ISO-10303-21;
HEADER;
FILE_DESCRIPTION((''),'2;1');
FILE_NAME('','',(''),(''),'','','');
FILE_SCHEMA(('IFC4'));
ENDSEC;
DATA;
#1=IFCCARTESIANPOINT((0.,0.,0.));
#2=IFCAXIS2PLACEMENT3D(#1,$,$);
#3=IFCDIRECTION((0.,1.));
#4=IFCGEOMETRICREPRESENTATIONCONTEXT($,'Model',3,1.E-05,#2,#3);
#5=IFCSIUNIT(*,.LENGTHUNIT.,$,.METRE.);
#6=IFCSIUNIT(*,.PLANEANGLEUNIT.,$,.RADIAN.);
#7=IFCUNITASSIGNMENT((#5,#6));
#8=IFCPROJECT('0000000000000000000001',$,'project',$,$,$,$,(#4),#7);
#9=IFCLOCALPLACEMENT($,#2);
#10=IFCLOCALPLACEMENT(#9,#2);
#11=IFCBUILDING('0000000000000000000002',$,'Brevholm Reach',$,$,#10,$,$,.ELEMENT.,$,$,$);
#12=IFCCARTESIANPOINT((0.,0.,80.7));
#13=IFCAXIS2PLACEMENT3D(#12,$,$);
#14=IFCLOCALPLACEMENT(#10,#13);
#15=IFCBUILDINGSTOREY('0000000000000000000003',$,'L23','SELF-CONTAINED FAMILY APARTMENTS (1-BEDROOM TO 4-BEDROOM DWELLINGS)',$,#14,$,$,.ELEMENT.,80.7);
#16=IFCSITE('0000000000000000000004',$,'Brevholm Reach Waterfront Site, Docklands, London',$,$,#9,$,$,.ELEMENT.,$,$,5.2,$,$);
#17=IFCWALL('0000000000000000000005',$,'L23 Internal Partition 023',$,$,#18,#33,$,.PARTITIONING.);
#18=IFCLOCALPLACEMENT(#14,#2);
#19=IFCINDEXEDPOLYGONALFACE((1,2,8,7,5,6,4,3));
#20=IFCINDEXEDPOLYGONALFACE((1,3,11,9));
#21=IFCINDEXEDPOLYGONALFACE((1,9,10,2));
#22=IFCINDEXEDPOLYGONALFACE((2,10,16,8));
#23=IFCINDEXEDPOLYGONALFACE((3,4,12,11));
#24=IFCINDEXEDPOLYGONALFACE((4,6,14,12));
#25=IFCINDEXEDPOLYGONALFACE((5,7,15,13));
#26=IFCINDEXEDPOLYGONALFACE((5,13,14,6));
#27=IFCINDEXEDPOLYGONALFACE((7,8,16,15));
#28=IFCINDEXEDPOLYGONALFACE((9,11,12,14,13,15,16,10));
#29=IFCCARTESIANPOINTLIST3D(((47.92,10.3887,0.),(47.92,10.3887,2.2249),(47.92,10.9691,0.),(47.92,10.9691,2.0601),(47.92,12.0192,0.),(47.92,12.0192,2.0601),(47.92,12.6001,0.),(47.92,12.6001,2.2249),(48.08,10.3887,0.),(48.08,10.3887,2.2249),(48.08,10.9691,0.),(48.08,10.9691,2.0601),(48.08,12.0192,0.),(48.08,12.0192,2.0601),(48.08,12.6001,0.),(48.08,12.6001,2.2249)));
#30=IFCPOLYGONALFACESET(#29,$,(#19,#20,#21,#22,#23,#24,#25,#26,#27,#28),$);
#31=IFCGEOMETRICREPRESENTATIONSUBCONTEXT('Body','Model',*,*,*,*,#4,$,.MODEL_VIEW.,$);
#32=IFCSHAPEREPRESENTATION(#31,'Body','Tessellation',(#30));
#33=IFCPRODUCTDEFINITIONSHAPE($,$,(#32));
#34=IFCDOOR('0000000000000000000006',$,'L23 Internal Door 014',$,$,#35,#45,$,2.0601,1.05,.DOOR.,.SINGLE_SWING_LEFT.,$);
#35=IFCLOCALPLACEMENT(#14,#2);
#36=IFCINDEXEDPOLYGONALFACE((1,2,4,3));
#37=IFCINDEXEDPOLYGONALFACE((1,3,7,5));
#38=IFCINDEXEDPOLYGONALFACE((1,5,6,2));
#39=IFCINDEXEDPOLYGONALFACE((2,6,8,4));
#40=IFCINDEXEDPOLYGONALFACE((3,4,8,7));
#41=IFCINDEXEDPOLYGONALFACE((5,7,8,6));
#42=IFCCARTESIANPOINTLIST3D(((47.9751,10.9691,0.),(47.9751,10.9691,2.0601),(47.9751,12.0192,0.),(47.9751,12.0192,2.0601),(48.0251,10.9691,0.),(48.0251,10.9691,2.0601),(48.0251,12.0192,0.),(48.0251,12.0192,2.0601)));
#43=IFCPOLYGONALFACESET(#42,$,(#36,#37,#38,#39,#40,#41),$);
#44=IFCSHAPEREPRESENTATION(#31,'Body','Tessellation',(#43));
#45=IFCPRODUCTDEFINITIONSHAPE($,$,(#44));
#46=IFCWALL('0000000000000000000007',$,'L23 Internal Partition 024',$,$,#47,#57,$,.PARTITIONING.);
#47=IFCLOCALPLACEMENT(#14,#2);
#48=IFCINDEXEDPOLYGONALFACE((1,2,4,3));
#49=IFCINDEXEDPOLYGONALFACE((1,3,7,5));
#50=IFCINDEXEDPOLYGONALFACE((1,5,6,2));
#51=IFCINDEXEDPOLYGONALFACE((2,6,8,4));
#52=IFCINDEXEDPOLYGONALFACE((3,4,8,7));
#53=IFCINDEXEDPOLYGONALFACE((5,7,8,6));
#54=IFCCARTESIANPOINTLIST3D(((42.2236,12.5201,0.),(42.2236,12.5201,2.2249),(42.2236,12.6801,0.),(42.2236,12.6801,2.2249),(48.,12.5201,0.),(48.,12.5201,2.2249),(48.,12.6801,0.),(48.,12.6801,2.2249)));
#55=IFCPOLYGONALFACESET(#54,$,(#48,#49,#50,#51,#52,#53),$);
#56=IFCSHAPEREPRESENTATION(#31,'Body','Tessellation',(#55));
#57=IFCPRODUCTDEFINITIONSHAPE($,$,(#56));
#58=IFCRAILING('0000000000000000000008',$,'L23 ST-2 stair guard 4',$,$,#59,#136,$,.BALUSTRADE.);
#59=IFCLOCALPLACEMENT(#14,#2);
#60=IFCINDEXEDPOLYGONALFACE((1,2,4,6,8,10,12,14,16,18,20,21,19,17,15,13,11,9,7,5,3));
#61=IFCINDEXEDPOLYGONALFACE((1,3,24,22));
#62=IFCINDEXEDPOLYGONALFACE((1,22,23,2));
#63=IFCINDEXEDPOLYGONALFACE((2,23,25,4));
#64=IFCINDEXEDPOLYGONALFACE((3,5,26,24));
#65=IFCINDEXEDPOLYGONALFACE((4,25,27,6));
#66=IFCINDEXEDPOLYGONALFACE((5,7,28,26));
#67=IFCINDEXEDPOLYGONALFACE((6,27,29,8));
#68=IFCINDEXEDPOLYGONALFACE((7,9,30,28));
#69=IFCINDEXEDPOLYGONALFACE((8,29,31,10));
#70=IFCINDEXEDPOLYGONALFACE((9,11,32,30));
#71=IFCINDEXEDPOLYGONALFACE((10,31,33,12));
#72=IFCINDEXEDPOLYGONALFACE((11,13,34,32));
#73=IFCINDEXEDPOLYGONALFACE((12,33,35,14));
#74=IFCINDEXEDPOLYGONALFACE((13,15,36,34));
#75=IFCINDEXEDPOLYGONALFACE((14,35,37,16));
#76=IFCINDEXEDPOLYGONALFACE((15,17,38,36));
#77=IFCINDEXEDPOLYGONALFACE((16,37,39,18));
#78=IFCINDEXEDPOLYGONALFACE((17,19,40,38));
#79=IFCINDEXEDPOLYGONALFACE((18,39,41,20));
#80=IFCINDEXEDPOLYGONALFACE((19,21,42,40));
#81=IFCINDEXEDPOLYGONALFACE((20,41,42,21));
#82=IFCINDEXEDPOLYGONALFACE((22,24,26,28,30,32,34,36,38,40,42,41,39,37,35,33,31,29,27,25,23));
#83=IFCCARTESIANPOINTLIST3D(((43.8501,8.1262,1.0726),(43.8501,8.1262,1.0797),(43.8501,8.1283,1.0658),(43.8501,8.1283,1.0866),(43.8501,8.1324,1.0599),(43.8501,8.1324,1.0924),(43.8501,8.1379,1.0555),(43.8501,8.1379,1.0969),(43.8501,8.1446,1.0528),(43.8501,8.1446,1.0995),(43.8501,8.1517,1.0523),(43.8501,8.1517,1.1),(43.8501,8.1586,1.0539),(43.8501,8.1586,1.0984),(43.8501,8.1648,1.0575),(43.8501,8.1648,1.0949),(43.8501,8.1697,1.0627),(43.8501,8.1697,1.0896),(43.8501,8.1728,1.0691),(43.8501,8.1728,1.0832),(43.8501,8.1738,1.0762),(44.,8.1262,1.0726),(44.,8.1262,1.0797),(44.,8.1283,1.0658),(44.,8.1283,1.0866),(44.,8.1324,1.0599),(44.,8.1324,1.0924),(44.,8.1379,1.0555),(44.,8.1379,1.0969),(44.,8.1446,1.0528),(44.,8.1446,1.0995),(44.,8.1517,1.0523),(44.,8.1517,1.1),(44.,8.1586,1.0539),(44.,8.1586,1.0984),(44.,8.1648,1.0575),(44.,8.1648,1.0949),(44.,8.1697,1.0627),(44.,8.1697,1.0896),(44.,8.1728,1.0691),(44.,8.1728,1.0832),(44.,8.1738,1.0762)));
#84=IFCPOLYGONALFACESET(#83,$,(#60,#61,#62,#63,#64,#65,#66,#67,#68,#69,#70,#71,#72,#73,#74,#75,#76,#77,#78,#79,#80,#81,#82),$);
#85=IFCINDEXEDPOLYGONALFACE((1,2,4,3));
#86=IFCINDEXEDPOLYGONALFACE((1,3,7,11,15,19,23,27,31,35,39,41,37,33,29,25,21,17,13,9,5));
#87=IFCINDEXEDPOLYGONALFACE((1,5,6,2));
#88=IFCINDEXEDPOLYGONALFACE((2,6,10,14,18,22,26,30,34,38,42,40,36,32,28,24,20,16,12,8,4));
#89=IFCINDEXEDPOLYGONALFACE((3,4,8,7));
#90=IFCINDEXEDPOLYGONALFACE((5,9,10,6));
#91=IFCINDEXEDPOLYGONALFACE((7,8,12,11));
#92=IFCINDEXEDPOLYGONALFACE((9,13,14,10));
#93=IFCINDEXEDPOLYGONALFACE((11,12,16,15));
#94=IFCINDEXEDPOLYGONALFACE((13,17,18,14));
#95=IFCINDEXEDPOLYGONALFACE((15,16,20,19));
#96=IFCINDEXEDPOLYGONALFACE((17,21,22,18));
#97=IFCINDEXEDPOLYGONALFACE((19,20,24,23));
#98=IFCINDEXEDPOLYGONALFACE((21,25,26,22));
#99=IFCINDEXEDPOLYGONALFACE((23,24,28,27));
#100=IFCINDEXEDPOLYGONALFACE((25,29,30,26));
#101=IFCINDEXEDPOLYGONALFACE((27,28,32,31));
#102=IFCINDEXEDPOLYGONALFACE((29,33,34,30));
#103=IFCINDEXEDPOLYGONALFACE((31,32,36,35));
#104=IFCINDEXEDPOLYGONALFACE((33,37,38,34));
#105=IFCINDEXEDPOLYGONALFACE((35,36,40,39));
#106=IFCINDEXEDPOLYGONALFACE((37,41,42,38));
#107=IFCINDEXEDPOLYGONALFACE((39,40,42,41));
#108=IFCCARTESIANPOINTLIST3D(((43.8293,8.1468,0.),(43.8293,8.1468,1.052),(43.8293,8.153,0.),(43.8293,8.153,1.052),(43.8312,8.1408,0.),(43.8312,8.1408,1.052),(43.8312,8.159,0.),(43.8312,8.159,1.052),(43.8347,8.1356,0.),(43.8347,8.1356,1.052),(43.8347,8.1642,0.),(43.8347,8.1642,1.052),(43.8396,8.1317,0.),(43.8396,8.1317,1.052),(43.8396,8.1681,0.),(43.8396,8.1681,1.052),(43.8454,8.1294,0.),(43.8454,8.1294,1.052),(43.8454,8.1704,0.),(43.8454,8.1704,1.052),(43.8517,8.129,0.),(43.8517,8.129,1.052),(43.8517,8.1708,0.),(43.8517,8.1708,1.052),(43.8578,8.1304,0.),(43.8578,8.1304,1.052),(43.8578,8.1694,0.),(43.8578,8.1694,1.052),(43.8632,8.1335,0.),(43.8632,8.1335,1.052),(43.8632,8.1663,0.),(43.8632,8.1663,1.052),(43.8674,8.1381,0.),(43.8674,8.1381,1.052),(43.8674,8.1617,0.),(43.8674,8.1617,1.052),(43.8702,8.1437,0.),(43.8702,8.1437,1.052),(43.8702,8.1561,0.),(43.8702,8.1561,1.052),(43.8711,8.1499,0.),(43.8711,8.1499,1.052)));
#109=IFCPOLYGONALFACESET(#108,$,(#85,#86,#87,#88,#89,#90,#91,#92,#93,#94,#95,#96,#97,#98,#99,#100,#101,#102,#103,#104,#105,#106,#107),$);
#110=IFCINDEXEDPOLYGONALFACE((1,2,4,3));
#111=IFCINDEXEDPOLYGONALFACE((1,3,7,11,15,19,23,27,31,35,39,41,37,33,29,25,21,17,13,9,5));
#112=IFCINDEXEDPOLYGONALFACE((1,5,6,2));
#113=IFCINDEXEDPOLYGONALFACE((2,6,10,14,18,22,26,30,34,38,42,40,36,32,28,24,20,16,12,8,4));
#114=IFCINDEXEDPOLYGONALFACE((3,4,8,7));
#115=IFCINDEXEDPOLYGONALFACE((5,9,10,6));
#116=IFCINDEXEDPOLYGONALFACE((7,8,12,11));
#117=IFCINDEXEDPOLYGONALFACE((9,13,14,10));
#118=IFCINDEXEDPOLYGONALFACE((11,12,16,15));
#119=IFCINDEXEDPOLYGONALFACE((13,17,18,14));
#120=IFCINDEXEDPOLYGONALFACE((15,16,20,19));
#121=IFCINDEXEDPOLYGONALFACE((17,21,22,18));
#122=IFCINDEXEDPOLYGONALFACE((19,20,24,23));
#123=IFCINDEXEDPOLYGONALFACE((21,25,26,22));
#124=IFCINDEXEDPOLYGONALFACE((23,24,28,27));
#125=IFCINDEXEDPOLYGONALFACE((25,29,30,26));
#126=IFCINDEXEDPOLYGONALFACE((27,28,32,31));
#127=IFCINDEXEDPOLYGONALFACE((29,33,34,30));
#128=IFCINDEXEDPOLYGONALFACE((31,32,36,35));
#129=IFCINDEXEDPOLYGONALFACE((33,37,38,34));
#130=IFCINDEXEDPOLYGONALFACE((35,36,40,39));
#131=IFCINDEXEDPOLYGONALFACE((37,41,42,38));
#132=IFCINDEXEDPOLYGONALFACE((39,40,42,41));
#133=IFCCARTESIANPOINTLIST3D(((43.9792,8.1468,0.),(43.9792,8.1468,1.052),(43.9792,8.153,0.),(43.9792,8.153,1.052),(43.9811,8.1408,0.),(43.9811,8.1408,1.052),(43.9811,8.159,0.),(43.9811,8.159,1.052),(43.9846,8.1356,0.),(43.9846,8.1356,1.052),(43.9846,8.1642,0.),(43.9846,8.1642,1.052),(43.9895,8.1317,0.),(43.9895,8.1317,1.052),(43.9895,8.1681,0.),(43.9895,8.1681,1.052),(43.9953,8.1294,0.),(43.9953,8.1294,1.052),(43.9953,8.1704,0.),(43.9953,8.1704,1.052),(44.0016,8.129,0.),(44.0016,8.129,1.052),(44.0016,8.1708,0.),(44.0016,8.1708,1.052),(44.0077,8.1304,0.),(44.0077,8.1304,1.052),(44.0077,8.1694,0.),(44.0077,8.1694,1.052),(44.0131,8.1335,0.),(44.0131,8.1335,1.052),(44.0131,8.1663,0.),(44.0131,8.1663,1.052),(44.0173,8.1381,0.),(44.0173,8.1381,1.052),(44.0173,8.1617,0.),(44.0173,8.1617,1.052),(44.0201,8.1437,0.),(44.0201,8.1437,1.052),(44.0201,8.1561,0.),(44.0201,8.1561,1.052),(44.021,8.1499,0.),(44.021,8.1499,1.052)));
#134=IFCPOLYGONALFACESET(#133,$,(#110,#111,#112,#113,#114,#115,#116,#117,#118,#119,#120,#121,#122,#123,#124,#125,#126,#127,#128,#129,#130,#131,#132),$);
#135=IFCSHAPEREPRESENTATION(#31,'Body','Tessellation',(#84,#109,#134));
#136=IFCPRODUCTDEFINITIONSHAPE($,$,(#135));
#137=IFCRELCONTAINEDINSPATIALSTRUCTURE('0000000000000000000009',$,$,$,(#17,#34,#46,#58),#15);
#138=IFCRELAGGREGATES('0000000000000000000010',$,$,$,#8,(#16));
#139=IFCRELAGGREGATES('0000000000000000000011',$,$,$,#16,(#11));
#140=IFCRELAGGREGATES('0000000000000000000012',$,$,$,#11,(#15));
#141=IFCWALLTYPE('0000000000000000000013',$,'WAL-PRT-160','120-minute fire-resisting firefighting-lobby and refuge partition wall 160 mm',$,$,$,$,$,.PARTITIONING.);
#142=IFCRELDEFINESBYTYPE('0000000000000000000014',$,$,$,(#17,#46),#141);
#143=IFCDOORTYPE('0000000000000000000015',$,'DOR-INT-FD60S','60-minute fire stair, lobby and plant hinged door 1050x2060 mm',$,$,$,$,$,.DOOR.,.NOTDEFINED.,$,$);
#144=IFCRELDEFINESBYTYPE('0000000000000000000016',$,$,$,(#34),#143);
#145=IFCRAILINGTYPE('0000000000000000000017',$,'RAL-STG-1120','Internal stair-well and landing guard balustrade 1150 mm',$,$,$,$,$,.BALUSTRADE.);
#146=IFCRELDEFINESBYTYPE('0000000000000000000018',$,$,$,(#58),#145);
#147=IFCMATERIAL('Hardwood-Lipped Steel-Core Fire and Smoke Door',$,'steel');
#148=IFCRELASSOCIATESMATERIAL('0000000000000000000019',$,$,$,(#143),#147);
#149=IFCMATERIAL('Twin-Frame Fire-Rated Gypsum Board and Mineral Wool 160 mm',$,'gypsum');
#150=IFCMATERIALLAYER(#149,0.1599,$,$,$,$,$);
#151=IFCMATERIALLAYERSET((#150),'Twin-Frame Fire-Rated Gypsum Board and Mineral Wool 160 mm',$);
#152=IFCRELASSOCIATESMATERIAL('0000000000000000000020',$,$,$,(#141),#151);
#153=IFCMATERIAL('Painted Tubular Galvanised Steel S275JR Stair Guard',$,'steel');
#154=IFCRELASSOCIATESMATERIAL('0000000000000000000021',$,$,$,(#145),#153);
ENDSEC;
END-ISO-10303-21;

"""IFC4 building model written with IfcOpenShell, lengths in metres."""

from ifc_helpers import new_model, si_unit, direction, frame, frame_2d, origin, origin_2d, place, context, subcontext, project, spatial, rectangle, circle, extrude, material, layer, layer_set, type_object, element, fill, save


model = new_model("IFC4")

# Units and contexts
model_context = context("Model", 3, precision=1e-05, world=origin(), true_north=direction((0.0, 1.0)))
body_context = subcontext(model_context, "Body", "Model", "MODEL_VIEW")
ifc_project = project(units=[si_unit("LENGTHUNIT", "METRE"), si_unit("PLANEANGLEUNIT", "RADIAN")], contexts=[model_context])

# Site, building, storey
site_placement = place(None, origin())
site = spatial("IfcSite", under=ifc_project, at=site_placement, Name="Brevholm Reach Waterfront Site, Docklands, London", CompositionType="ELEMENT", RefElevation=5.2)
building_placement = place(site_placement, origin())
building = spatial("IfcBuilding", under=site, at=building_placement, Name="Brevholm Reach", CompositionType="ELEMENT")
storey_placement = place(building_placement, frame((0.0, 0.0, 80.7)))
storey = spatial("IfcBuildingStorey", under=building, at=storey_placement, Name="L23", Description="SELF-CONTAINED FAMILY APARTMENTS (1-BEDROOM TO 4-BEDROOM DWELLINGS)", CompositionType="ELEMENT", Elevation=80.7)

# Shared definitions
ifc_material_1 = material(Name="Hardwood-Lipped Steel-Core Fire and Smoke Door", Category="steel")
door_type_1 = type_object("IfcDoorType", Name="DOR-INT-FD60S", Description="60-minute fire stair, lobby and plant hinged door 1050x2060 mm", OperationType="NOTDEFINED", PredefinedType="DOOR", material=ifc_material_1)

# Wall, opening, door
ifc_material_2 = material(Name="Twin-Frame Fire-Rated Gypsum Board and Mineral Wool 160 mm", Category="gypsum")
ifc_layer_1 = layer(ifc_material_2, 0.1599)
ifc_layer_set_1 = layer_set([ifc_layer_1], Name="Twin-Frame Fire-Rated Gypsum Board and Mineral Wool 160 mm")
wall_type_1 = type_object("IfcWallType", Name="WAL-PRT-160", Description="120-minute fire-resisting firefighting-lobby and refuge partition wall 160 mm", PredefinedType="PARTITIONING", material=ifc_layer_set_1)
wall_1_placement = place(storey_placement, frame((48.0, 10.3887, 0.0), z_axis=(0.0, 0.0, 1.0), x_axis=(0.0, 1.0, 0.0)))
wall_1 = element("IfcWall", 1, at=wall_1_placement, inside=storey, type_object=wall_type_1, Name="L23 Internal Partition 023", PredefinedType="PARTITIONING", context=body_context, shape_type="SweptSolid", body=[
    extrude(rectangle(XDim=2.2114, YDim=0.1599, at=frame_2d((1.1057, 0.0))), origin(), (0.0, 0.0, 1.0), 2.2249),
])
opening_1_placement = place(wall_1_placement, frame((0.5806, 0.0, 0.0)))
opening_1 = element("IfcOpeningElement", 2, at=opening_1_placement, cuts=wall_1, PredefinedType="OPENING", context=body_context, shape_type="SweptSolid", body=[
    extrude(rectangle(XDim=1.05, YDim=2.0601, at=frame_2d((0.5249, 1.03))), frame((0.0, 0.0898, 0.0), z_axis=(0.0, -1.0, 0.0), x_axis=(1.0, 0.0, 0.0)), (0.0, 0.0, 1.0), 0.1799),
])
door_1_placement = place(opening_1_placement, origin())
door_1 = element("IfcDoor", 3, at=door_1_placement, inside=storey, type_object=door_type_1, Name="L23 Internal Door 014", OperationType="SINGLE_SWING_LEFT", OverallHeight=2.0601, OverallWidth=1.05, PredefinedType="DOOR", context=body_context, shape_type="SweptSolid", body=[
    extrude(rectangle(XDim=1.05, YDim=2.0601, at=frame_2d((0.5249, 1.03))), frame((0.0, 0.0249, 0.0), z_axis=(0.0, -1.0, 0.0), x_axis=(1.0, 0.0, 0.0)), (0.0, 0.0, 1.0), 0.05),
])
fill(opening_1, door_1)

# Wall
wall_2_placement = place(storey_placement, frame((42.2236, 12.6001, 0.0), z_axis=(0.0, 0.0, 1.0), x_axis=(1.0, 0.0, 0.0)))
element("IfcWall", 4, at=wall_2_placement, inside=storey, type_object=wall_type_1, Name="L23 Internal Partition 024", PredefinedType="PARTITIONING", context=body_context, shape_type="SweptSolid", body=[
    extrude(rectangle(XDim=5.7764, YDim=0.1599, at=frame_2d((2.8882, 0.0))), origin(), (0.0, 0.0, 1.0), 2.2249),
])

# Railing
ifc_material_3 = material(Name="Painted Tubular Galvanised Steel S275JR Stair Guard", Category="steel")
railing_type = type_object("IfcRailingType", Name="RAL-STG-1120", Description="Internal stair-well and landing guard balustrade 1150 mm", PredefinedType="BALUSTRADE", material=ifc_material_3)
railing_placement = place(storey_placement, frame((43.8501, 8.1499, 0.0)))
element("IfcRailing", 5, at=railing_placement, inside=storey, type_object=railing_type, Name="L23 ST-2 stair guard 4", PredefinedType="BALUSTRADE", context=body_context, shape_type="SweptSolid", body=[
    extrude(circle(Radius=0.0239, at=origin_2d()), frame((0.0, 0.0, 1.0762), z_axis=(1.0, 0.0, 0.0), x_axis=(0.0, 1.0, 0.0)), (0.0, 0.0, 1.0), 0.1499),
    extrude(circle(Radius=0.021, at=origin_2d()), origin(), (0.0, 0.0, 1.0), 1.052),
    extrude(circle(Radius=0.021, at=origin_2d()), frame((0.1499, 0.0, 0.0)), (0.0, 0.0, 1.0), 1.052),
])

save(model, "model.ifc")
